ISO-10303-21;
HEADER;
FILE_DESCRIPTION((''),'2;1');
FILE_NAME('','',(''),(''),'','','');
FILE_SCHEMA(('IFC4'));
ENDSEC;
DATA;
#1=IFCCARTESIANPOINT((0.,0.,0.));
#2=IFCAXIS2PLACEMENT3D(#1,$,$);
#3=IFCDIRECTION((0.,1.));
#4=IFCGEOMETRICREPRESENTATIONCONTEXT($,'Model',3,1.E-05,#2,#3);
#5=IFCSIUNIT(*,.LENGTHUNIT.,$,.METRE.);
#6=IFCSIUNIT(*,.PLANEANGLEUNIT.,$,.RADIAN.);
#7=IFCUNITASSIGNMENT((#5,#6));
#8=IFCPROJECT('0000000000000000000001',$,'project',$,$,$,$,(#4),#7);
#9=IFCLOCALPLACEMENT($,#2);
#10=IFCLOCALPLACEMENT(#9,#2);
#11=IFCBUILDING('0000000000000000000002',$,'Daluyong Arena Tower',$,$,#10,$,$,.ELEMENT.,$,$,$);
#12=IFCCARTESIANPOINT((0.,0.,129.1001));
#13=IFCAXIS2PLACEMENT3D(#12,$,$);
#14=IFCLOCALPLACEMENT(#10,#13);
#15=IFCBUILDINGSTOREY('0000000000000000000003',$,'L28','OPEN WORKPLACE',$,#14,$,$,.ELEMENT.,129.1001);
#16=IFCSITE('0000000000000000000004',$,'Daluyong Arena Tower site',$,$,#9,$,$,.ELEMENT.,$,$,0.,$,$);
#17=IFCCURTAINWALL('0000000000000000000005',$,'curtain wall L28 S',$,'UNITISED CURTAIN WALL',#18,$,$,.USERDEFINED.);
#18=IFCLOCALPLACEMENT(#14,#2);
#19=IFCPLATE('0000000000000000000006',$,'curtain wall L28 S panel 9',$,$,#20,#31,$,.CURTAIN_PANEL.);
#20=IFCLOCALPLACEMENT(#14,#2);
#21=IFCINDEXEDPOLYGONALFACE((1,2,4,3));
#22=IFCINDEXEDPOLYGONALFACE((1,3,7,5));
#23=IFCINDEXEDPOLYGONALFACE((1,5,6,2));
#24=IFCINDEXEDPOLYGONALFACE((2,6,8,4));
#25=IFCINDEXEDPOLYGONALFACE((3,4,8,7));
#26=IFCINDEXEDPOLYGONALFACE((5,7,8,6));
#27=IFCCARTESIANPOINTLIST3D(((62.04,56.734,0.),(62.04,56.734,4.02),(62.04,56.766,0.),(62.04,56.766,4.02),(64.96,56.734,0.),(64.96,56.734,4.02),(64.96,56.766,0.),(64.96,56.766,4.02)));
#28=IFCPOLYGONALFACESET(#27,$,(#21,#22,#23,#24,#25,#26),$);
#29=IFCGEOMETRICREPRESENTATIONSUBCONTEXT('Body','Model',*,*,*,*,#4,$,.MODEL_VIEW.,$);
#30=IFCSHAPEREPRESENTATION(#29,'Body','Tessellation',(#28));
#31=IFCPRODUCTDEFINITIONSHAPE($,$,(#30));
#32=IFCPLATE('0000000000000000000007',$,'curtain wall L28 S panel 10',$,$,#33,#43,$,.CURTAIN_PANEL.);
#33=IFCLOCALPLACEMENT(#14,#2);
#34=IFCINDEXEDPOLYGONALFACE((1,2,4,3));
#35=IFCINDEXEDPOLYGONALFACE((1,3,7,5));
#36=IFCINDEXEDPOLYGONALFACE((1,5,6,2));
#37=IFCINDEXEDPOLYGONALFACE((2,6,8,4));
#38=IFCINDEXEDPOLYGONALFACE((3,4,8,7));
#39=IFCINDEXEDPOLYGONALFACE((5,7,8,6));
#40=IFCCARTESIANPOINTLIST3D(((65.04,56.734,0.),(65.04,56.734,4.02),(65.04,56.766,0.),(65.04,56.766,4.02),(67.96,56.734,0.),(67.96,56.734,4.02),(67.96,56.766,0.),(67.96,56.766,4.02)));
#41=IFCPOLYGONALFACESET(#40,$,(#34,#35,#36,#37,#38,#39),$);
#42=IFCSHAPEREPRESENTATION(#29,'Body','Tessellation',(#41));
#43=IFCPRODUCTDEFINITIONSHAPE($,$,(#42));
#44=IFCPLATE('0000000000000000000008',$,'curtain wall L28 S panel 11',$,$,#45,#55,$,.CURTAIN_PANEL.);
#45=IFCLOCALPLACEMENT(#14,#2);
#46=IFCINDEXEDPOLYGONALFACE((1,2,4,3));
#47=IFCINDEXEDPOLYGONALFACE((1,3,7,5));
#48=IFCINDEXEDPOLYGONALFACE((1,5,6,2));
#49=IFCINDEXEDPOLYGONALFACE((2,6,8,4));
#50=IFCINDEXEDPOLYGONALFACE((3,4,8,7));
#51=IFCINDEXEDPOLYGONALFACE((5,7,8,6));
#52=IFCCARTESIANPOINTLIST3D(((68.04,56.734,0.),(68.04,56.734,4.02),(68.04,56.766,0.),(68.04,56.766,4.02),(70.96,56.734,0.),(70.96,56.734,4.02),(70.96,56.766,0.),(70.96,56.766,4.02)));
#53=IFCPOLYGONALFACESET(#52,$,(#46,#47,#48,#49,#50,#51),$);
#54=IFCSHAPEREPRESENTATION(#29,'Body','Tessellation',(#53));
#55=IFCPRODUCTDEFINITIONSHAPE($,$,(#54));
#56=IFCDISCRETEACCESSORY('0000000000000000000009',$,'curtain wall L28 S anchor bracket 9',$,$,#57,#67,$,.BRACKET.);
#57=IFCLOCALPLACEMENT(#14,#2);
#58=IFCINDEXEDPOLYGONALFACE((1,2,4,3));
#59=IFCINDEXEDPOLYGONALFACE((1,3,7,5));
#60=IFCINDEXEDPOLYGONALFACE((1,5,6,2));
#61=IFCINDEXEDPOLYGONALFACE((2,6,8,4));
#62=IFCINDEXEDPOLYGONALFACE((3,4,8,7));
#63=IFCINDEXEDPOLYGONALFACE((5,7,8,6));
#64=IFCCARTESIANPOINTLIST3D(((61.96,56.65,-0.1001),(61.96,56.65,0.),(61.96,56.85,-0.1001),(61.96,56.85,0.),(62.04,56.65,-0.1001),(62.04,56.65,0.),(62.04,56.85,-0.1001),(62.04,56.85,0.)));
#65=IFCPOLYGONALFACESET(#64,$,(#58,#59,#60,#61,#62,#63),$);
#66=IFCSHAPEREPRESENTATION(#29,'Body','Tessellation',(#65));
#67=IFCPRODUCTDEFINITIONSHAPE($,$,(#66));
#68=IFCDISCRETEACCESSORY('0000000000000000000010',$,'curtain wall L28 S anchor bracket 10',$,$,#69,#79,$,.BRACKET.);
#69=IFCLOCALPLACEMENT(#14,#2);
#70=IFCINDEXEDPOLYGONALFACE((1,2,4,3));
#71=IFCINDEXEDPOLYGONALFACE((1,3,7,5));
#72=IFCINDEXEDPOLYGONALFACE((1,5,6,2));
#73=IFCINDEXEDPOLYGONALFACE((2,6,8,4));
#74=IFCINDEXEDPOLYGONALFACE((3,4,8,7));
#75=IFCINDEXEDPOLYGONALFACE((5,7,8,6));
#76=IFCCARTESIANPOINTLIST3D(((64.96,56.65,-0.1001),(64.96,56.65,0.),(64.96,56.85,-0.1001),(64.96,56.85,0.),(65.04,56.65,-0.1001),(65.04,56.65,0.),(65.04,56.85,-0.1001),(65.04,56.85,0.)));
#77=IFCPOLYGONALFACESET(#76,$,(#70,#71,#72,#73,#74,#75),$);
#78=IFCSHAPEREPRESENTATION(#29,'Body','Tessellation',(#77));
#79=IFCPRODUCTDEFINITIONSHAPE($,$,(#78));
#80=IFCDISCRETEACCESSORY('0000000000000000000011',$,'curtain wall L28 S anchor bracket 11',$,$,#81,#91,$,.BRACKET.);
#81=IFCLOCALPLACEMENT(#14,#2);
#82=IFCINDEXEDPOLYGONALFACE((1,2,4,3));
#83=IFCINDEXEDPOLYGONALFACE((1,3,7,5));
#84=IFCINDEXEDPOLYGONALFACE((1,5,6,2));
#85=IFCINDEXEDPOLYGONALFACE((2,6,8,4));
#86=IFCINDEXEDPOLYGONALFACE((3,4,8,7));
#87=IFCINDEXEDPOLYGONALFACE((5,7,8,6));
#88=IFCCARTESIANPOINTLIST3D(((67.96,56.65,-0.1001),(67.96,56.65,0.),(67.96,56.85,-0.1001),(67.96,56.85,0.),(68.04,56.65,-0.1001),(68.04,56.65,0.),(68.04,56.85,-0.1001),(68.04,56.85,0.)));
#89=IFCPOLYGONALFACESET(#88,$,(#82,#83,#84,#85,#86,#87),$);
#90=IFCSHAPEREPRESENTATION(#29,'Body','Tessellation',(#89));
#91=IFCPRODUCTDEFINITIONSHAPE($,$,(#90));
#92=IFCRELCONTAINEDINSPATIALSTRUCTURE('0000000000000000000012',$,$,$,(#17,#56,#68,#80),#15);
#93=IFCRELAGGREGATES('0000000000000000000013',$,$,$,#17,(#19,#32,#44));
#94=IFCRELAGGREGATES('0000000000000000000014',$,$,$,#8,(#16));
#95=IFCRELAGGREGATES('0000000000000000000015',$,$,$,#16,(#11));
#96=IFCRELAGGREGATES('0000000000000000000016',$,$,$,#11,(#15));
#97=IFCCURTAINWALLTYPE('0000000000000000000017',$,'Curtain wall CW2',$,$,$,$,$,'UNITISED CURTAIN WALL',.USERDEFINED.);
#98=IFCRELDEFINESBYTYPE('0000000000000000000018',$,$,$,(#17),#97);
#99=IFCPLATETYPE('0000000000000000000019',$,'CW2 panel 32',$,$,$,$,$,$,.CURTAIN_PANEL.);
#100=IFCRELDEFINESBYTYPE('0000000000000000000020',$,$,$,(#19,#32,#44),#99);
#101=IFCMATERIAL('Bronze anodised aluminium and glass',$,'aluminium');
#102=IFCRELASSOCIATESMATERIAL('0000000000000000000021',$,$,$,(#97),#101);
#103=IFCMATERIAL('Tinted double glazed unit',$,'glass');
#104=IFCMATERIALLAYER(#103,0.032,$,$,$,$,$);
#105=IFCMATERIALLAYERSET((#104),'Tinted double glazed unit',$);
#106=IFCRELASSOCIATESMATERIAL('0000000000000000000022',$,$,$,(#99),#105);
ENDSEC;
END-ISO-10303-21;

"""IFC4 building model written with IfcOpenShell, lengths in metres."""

from ifc_helpers import new_model, si_unit, direction, frame, origin, origin_2d, place, context, subcontext, project, spatial, rectangle, extrude, material, layer, layer_set, type_object, element, aggregate, save


model = new_model("IFC4")

# Units and contexts
model_context = context("Model", 3, precision=1e-05, world=origin(), true_north=direction((0.0, 1.0)))
body_context = subcontext(model_context, "Body", "Model", "MODEL_VIEW")
ifc_project = project(units=[si_unit("LENGTHUNIT", "METRE"), si_unit("PLANEANGLEUNIT", "RADIAN")], contexts=[model_context])

# Site, building, storey
site_placement = place(None, origin())
site = spatial("IfcSite", under=ifc_project, at=site_placement, Name="Daluyong Arena Tower site", CompositionType="ELEMENT", RefElevation=0.0)
building_placement = place(site_placement, origin())
building = spatial("IfcBuilding", under=site, at=building_placement, Name="Daluyong Arena Tower", CompositionType="ELEMENT")
storey_placement = place(building_placement, frame((0.0, 0.0, 129.1001)))
storey = spatial("IfcBuildingStorey", under=building, at=storey_placement, Name="L28", Description="OPEN WORKPLACE", CompositionType="ELEMENT", Elevation=129.1001)

# Curtain wall
ifc_material_1 = material(Name="Bronze anodised aluminium and glass", Category="aluminium")
curtain_wall_type = type_object("IfcCurtainWallType", Name="Curtain wall CW2", ElementType="UNITISED CURTAIN WALL", PredefinedType="USERDEFINED", material=ifc_material_1)
curtain_wall_placement = place(storey_placement, origin())
curtain_wall = element("IfcCurtainWall", 1, at=curtain_wall_placement, inside=storey, type_object=curtain_wall_type, Name="curtain wall L28 S", ObjectType="UNITISED CURTAIN WALL", PredefinedType="USERDEFINED")

# Plates
ifc_material_2 = material(Name="Tinted double glazed unit", Category="glass")
ifc_layer = layer(ifc_material_2, 0.032)
ifc_layer_set = layer_set([ifc_layer], Name="Tinted double glazed unit")
plate_type = type_object("IfcPlateType", Name="CW2 panel 32", PredefinedType="CURTAIN_PANEL", material=ifc_layer_set)
plate_1_placement = place(storey_placement, frame((63.5, 56.75, 0.0), z_axis=(0.0, 0.0, 1.0), x_axis=(1.0, 0.0, 0.0)))
plate_1 = element("IfcPlate", 2, at=plate_1_placement, type_object=plate_type, Name="curtain wall L28 S panel 9", PredefinedType="CURTAIN_PANEL", context=body_context, shape_type="SweptSolid", body=[
    extrude(rectangle(XDim=2.9199, YDim=0.032, at=origin_2d()), origin(), (0.0, 0.0, 1.0), 4.02),
])
plate_2_placement = place(storey_placement, frame((66.5, 56.75, 0.0), z_axis=(0.0, 0.0, 1.0), x_axis=(1.0, 0.0, 0.0)))
plate_2 = element("IfcPlate", 3, at=plate_2_placement, type_object=plate_type, Name="curtain wall L28 S panel 10", PredefinedType="CURTAIN_PANEL", context=body_context, shape_type="SweptSolid", body=[
    extrude(rectangle(XDim=2.9199, YDim=0.032, at=origin_2d()), origin(), (0.0, 0.0, 1.0), 4.02),
])
plate_3_placement = place(storey_placement, frame((69.5, 56.75, 0.0), z_axis=(0.0, 0.0, 1.0), x_axis=(1.0, 0.0, 0.0)))
plate_3 = element("IfcPlate", 4, at=plate_3_placement, type_object=plate_type, Name="curtain wall L28 S panel 11", PredefinedType="CURTAIN_PANEL", context=body_context, shape_type="SweptSolid", body=[
    extrude(rectangle(XDim=2.9199, YDim=0.032, at=origin_2d()), origin(), (0.0, 0.0, 1.0), 4.02),
])
aggregate(curtain_wall, [plate_1, plate_2, plate_3])

# Discrete accessories
for number, where, z_axis, x_axis, name in (
    (5, (62.0, 56.75, -0.1001), (0.0, 0.0, 1.0), (1.0, 0.0, 0.0), "curtain wall L28 S anchor bracket 9"),
    (6, (65.0, 56.75, -0.1001), (0.0, 0.0, 1.0), (1.0, 0.0, 0.0), "curtain wall L28 S anchor bracket 10"),
    (7, (68.0, 56.75, -0.1001), (0.0, 0.0, 1.0), (1.0, 0.0, 0.0), "curtain wall L28 S anchor bracket 11"),
):
    element("IfcDiscreteAccessory", number, at=place(storey_placement, frame(where, z_axis=z_axis, x_axis=x_axis)), inside=storey, Name=name, PredefinedType="BRACKET", context=body_context, shape_type="SweptSolid", body=[
        extrude(rectangle(XDim=0.0801, YDim=0.2, at=origin_2d()), origin(), (0.0, 0.0, 1.0), 0.1001),
    ])

save(model, "model.ifc")
